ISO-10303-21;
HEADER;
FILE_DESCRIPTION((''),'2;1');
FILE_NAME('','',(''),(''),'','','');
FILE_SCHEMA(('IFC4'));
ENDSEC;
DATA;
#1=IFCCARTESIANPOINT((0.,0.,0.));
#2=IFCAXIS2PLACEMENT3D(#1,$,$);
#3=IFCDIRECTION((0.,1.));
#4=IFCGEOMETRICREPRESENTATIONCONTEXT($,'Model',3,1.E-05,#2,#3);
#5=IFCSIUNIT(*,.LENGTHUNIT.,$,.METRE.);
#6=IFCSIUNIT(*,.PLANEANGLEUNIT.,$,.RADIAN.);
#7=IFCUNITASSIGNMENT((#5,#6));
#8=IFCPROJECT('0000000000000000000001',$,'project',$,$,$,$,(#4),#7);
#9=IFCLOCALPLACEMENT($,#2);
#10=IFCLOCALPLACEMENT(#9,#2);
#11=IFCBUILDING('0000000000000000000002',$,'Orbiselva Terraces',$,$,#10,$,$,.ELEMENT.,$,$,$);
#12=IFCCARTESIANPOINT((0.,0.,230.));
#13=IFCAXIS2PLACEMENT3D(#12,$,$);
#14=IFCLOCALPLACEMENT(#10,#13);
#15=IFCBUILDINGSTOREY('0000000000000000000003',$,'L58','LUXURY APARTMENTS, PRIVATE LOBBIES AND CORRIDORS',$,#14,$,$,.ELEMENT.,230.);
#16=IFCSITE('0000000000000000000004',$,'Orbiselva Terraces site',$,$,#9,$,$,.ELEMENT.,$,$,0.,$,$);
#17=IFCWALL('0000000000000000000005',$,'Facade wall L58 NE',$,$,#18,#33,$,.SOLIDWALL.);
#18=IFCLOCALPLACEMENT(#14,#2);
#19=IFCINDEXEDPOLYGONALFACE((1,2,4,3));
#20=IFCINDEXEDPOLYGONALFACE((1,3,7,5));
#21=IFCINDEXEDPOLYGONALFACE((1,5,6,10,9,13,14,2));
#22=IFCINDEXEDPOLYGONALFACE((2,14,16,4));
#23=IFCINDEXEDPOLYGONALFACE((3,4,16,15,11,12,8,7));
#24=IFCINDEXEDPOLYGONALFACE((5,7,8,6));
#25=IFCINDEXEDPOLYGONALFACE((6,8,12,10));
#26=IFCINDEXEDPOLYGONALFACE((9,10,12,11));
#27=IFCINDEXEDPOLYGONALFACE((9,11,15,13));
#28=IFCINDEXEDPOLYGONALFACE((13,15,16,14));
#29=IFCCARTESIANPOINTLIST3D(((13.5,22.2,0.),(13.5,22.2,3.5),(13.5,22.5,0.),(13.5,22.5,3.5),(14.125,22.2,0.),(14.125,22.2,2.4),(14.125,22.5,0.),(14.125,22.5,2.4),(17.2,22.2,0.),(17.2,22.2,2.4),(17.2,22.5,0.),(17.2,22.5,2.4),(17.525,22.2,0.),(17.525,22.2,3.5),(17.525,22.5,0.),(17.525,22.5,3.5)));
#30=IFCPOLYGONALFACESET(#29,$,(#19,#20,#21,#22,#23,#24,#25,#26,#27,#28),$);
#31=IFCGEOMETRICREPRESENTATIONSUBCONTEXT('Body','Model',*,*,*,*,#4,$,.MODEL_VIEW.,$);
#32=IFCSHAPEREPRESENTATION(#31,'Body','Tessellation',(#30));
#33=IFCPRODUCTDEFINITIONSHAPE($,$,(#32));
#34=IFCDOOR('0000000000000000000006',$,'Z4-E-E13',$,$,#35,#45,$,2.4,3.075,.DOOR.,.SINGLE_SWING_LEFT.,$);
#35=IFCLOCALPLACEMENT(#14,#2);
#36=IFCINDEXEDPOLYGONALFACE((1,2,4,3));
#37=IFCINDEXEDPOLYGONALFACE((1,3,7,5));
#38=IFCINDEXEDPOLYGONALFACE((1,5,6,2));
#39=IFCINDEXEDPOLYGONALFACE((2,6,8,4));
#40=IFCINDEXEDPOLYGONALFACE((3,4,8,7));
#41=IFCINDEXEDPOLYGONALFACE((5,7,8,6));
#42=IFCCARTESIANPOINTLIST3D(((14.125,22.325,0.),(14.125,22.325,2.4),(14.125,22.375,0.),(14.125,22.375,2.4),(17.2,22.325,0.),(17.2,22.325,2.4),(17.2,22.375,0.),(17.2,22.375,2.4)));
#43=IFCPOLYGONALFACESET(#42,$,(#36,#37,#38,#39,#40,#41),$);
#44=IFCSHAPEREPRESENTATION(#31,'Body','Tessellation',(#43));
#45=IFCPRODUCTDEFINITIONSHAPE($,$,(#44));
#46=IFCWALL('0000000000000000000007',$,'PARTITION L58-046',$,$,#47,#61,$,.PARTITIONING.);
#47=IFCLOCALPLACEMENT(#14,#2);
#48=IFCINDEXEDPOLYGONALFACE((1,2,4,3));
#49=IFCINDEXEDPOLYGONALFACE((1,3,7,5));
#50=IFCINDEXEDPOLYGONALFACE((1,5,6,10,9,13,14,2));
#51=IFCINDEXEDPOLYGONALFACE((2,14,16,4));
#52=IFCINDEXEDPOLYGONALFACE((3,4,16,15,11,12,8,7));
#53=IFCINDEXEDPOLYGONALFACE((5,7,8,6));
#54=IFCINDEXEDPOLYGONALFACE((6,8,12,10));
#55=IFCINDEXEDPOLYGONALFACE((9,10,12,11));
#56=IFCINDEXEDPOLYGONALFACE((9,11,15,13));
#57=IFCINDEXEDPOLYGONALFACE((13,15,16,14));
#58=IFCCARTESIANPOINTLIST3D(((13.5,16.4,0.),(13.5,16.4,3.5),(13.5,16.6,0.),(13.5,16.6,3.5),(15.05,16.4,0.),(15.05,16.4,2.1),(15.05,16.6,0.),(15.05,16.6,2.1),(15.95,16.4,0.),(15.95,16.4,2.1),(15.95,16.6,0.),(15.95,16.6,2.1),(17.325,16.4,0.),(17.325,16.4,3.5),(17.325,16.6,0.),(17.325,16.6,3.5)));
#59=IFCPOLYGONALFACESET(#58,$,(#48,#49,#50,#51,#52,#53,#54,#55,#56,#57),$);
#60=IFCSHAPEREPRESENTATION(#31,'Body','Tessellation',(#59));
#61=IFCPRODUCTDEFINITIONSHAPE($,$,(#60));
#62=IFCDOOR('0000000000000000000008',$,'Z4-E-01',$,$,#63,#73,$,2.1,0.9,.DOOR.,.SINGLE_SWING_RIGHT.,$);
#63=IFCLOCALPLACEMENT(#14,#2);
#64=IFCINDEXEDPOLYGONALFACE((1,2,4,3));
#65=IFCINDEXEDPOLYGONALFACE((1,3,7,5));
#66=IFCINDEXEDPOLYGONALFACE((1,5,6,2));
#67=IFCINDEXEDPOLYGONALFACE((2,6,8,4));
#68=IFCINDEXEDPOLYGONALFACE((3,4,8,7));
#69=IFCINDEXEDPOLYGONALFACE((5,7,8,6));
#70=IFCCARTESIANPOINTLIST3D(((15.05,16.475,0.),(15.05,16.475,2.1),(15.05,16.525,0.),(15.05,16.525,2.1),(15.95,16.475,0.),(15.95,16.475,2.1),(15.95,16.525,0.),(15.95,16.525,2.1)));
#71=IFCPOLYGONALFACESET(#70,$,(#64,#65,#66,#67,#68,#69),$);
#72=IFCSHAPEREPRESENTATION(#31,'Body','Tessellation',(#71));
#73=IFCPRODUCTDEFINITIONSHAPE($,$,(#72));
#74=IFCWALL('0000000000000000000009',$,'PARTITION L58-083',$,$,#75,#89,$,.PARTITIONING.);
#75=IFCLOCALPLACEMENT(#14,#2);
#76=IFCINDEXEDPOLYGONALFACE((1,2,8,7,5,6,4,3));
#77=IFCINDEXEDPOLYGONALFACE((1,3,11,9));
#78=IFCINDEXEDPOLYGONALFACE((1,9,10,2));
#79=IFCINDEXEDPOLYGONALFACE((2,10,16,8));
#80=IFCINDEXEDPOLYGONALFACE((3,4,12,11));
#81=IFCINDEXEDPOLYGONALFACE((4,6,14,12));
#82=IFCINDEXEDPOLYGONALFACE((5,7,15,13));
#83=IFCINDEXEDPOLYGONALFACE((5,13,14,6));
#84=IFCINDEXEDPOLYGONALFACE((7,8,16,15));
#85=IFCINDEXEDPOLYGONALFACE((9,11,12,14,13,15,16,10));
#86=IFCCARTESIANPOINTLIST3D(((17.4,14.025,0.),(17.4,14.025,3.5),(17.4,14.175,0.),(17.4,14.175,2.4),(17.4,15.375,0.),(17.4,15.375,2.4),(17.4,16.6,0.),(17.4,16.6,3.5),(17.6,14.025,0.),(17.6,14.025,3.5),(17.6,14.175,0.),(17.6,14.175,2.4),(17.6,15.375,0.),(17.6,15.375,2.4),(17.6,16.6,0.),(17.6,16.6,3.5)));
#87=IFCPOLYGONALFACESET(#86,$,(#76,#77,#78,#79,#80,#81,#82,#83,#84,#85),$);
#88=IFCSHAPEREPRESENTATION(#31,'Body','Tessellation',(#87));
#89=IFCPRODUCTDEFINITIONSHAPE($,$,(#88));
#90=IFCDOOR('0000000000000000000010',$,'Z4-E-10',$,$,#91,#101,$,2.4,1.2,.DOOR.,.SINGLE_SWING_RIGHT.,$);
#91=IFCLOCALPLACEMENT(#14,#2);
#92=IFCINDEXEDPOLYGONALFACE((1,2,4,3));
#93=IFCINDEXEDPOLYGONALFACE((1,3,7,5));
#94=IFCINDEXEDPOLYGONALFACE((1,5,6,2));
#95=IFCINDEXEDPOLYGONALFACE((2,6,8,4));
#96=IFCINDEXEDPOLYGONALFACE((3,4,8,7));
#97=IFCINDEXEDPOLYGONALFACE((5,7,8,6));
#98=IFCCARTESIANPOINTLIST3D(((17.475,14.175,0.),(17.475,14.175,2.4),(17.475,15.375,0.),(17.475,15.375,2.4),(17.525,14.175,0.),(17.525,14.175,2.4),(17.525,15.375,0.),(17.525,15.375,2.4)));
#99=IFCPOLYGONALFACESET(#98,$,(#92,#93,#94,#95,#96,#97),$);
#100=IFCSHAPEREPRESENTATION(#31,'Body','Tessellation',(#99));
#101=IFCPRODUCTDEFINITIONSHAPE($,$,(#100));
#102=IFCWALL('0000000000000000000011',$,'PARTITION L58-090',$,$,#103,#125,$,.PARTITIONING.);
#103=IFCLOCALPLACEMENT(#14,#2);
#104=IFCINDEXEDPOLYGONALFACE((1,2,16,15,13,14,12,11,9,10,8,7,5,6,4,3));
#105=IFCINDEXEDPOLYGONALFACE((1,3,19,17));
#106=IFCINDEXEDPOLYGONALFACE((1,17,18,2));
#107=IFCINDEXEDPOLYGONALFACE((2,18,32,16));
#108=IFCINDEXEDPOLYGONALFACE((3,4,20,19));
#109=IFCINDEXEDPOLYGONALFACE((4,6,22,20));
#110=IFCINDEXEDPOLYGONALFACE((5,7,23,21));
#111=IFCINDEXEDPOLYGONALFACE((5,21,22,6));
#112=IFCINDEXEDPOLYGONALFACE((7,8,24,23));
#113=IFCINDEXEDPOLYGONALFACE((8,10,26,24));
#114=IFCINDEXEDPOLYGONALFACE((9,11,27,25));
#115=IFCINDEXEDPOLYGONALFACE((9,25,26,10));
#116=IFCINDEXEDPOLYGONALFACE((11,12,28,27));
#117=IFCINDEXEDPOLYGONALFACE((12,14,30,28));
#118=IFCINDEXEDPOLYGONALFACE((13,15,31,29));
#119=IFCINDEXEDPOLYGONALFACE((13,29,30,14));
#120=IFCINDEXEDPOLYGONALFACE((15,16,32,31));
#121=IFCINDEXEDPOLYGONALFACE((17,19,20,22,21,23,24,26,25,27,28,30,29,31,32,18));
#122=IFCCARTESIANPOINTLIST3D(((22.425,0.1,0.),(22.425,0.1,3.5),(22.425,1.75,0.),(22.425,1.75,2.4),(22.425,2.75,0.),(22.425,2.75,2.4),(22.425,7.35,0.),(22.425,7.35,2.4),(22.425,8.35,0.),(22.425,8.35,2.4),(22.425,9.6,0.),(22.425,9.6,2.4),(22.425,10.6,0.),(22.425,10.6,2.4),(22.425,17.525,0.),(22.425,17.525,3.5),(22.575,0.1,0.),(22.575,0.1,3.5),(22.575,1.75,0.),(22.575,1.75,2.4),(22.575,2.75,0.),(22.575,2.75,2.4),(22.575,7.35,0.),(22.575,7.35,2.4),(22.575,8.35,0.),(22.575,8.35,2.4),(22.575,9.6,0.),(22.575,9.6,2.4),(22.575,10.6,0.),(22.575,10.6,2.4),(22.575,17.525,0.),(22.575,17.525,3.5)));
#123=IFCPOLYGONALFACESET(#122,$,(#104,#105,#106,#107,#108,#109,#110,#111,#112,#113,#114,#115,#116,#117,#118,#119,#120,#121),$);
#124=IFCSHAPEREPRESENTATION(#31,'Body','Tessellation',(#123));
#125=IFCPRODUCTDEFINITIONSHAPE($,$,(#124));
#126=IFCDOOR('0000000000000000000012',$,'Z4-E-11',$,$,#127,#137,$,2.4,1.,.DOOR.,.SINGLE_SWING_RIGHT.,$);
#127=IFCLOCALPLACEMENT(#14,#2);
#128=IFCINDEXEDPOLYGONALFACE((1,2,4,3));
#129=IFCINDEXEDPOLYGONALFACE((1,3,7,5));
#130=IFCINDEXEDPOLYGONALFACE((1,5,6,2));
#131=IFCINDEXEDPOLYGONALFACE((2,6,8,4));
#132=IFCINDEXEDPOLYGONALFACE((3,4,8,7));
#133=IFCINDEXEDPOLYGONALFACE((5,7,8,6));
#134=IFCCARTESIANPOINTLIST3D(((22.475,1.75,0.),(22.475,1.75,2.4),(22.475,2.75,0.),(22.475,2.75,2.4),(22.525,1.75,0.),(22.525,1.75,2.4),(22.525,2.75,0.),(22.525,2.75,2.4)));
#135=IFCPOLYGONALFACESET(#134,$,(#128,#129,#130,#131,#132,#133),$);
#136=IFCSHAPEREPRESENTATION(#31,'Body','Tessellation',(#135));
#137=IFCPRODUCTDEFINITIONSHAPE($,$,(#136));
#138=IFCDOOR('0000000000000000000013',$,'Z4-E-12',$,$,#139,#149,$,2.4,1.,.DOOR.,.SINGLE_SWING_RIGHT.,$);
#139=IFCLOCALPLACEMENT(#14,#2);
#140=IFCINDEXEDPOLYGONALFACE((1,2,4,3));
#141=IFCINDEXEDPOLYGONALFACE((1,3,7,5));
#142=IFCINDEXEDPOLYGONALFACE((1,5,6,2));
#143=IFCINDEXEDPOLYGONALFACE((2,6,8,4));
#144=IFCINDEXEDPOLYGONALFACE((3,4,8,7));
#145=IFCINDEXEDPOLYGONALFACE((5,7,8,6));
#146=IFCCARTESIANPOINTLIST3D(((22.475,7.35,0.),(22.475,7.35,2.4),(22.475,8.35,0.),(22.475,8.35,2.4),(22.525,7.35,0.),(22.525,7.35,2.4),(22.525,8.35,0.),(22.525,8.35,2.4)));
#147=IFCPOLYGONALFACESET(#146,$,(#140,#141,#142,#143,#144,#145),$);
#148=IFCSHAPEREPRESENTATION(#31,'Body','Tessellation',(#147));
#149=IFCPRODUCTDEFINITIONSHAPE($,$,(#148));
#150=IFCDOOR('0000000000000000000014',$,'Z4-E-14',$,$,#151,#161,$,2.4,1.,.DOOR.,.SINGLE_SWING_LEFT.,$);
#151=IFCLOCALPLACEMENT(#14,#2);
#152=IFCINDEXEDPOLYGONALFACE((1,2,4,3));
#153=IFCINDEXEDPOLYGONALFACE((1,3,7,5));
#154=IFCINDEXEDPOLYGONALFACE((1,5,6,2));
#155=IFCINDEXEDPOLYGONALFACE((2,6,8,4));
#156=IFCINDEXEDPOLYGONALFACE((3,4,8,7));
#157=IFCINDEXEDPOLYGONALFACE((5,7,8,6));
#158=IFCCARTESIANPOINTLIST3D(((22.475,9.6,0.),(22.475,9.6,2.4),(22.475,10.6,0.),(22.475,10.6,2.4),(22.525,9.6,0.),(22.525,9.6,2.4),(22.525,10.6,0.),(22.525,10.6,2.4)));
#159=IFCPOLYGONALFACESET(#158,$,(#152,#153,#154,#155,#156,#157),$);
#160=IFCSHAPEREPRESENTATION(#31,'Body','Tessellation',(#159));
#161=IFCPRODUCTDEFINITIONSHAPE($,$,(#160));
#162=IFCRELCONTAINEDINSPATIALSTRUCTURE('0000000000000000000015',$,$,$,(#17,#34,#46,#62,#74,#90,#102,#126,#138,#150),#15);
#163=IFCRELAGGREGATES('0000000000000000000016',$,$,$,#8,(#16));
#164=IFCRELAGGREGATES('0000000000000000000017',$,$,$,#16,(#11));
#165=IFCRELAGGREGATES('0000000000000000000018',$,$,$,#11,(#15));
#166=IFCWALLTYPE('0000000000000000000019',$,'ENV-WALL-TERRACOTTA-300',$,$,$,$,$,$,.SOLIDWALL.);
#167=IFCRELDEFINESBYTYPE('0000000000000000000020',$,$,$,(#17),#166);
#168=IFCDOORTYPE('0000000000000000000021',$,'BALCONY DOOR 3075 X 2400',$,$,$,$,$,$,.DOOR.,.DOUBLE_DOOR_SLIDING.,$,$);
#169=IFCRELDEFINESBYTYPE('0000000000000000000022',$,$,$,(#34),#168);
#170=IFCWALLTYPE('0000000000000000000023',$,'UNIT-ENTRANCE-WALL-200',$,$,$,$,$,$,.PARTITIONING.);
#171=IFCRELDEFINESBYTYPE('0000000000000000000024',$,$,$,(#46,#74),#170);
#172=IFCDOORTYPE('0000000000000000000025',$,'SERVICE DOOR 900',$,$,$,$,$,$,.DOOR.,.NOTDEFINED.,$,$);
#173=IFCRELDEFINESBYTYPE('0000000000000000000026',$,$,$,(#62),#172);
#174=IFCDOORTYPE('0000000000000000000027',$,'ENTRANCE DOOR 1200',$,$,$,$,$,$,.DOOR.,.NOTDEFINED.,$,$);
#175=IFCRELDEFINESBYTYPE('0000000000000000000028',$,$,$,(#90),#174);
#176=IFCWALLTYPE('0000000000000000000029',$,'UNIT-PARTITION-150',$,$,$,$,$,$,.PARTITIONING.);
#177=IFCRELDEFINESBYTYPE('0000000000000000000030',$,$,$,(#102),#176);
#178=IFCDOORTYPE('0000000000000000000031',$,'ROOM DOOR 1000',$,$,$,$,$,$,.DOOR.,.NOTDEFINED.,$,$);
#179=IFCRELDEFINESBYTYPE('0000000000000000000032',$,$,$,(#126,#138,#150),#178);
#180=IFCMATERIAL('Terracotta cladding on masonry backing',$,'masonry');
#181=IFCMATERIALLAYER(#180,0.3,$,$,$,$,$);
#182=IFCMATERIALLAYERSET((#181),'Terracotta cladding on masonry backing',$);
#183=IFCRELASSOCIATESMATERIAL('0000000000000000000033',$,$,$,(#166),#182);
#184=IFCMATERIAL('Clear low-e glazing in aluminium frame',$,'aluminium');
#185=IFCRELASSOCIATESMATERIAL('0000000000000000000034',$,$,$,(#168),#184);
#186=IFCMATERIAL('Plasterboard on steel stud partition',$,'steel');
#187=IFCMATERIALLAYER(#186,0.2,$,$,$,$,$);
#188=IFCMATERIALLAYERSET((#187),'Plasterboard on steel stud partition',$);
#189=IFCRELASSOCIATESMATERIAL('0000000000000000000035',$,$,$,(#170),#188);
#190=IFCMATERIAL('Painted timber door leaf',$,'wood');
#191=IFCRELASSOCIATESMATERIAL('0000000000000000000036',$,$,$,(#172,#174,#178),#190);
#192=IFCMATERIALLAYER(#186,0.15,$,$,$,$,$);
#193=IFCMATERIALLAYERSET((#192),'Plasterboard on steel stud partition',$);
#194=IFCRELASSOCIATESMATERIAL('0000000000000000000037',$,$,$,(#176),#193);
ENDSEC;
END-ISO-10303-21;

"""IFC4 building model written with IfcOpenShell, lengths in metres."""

from ifc_helpers import new_model, si_unit, direction, frame, frame_2d, origin, place, context, subcontext, project, spatial, rectangle, extrude, material, layer, layer_set, type_object, element, fill, save


model = new_model("IFC4")

# Units and contexts
model_context = context("Model", 3, precision=1e-05, world=origin(), true_north=direction((0.0, 1.0)))
body_context = subcontext(model_context, "Body", "Model", "MODEL_VIEW")
ifc_project = project(units=[si_unit("LENGTHUNIT", "METRE"), si_unit("PLANEANGLEUNIT", "RADIAN")], contexts=[model_context])

# Site, building, storey
site_placement = place(None, origin())
site = spatial("IfcSite", under=ifc_project, at=site_placement, Name="Orbiselva Terraces site", CompositionType="ELEMENT", RefElevation=0.0)
building_placement = place(site_placement, origin())
building = spatial("IfcBuilding", under=site, at=building_placement, Name="Orbiselva Terraces", CompositionType="ELEMENT")
storey_placement = place(building_placement, frame((0.0, 0.0, 230.0)))
storey = spatial("IfcBuildingStorey", under=building, at=storey_placement, Name="L58", Description="LUXURY APARTMENTS, PRIVATE LOBBIES AND CORRIDORS", CompositionType="ELEMENT", Elevation=230.0)

# Shared definitions
ifc_material_1 = material(Name="Terracotta cladding on masonry backing", Category="masonry")
ifc_layer_1 = layer(ifc_material_1, 0.3)
ifc_layer_set_1 = layer_set([ifc_layer_1], Name="Terracotta cladding on masonry backing")
wall_type_1 = type_object("IfcWallType", Name="ENV-WALL-TERRACOTTA-300", PredefinedType="SOLIDWALL", material=ifc_layer_set_1)
ifc_material_2 = material(Name="Clear low-e glazing in aluminium frame", Category="aluminium")

# Walls, openings, doors
wall_1_placement = place(storey_placement, frame((13.5, 22.35, 0.0), z_axis=(0.0, 0.0, 1.0), x_axis=(1.0, 0.0, 0.0)))
wall_1 = element("IfcWall", 1, at=wall_1_placement, inside=storey, type_object=wall_type_1, Name="Facade wall L58 NE", PredefinedType="SOLIDWALL", context=body_context, shape_type="SweptSolid", body=[
    extrude(rectangle(XDim=4.025, YDim=0.3, at=frame_2d((2.0125, 0.0))), origin(), (0.0, 0.0, 1.0), 3.5),
])
opening_1_placement = place(wall_1_placement, frame((0.625, 0.0, 0.0)))
opening_1 = element("IfcOpeningElement", 2, at=opening_1_placement, cuts=wall_1, PredefinedType="OPENING", context=body_context, shape_type="SweptSolid", body=[
    extrude(rectangle(XDim=3.075, YDim=2.4, at=frame_2d((1.5375, 1.2))), frame((0.0, 0.16, 0.0), z_axis=(0.0, -1.0, 0.0), x_axis=(1.0, 0.0, 0.0)), (0.0, 0.0, 1.0), 0.32),
])
door_type_1 = type_object("IfcDoorType", Name="BALCONY DOOR 3075 X 2400", OperationType="DOUBLE_DOOR_SLIDING", PredefinedType="DOOR", material=ifc_material_2)
door_1_placement = place(opening_1_placement, origin())
door_1 = element("IfcDoor", 3, at=door_1_placement, inside=storey, type_object=door_type_1, Name="Z4-E-E13", OperationType="SINGLE_SWING_LEFT", OverallHeight=2.4, OverallWidth=3.075, PredefinedType="DOOR", context=body_context, shape_type="SweptSolid", body=[
    extrude(rectangle(XDim=3.075, YDim=2.4, at=frame_2d((1.5375, 1.2))), frame((0.0, 0.025, 0.0), z_axis=(0.0, -1.0, 0.0), x_axis=(1.0, 0.0, 0.0)), (0.0, 0.0, 1.0), 0.05),
])
fill(opening_1, door_1)
ifc_material_3 = material(Name="Plasterboard on steel stud partition", Category="steel")
ifc_layer_2 = layer(ifc_material_3, 0.2)
ifc_layer_set_2 = layer_set([ifc_layer_2], Name="Plasterboard on steel stud partition")
wall_type_2 = type_object("IfcWallType", Name="UNIT-ENTRANCE-WALL-200", PredefinedType="PARTITIONING", material=ifc_layer_set_2)
wall_2_placement = place(storey_placement, frame((13.5, 16.5, 0.0), z_axis=(0.0, 0.0, 1.0), x_axis=(1.0, 0.0, 0.0)))
wall_2 = element("IfcWall", 4, at=wall_2_placement, inside=storey, type_object=wall_type_2, Name="PARTITION L58-046", PredefinedType="PARTITIONING", context=body_context, shape_type="SweptSolid", body=[
    extrude(rectangle(XDim=3.825, YDim=0.2, at=frame_2d((1.9125, 0.0))), origin(), (0.0, 0.0, 1.0), 3.5),
])
opening_2_placement = place(wall_2_placement, frame((1.55, 0.0, 0.0)))
opening_2 = element("IfcOpeningElement", 5, at=opening_2_placement, cuts=wall_2, PredefinedType="OPENING", context=body_context, shape_type="SweptSolid", body=[
    extrude(rectangle(XDim=0.9, YDim=2.1, at=frame_2d((0.45, 1.05))), frame((0.0, 0.11, 0.0), z_axis=(0.0, -1.0, 0.0), x_axis=(1.0, 0.0, 0.0)), (0.0, 0.0, 1.0), 0.22),
])
ifc_material_4 = material(Name="Painted timber door leaf", Category="wood")
door_type_2 = type_object("IfcDoorType", Name="SERVICE DOOR 900", OperationType="NOTDEFINED", PredefinedType="DOOR", material=ifc_material_4)
door_2_placement = place(opening_2_placement, origin())
door_2 = element("IfcDoor", 6, at=door_2_placement, inside=storey, type_object=door_type_2, Name="Z4-E-01", OperationType="SINGLE_SWING_RIGHT", OverallHeight=2.1, OverallWidth=0.9, PredefinedType="DOOR", context=body_context, shape_type="SweptSolid", body=[
    extrude(rectangle(XDim=0.9, YDim=2.1, at=frame_2d((0.45, 1.05))), frame((0.0, 0.025, 0.0), z_axis=(0.0, -1.0, 0.0), x_axis=(1.0, 0.0, 0.0)), (0.0, 0.0, 1.0), 0.05),
])
fill(opening_2, door_2)
wall_3_placement = place(storey_placement, frame((17.5, 16.6, 0.0), z_axis=(0.0, 0.0, 1.0), x_axis=(0.0, -1.0, 0.0)))
wall_3 = element("IfcWall", 7, at=wall_3_placement, inside=storey, type_object=wall_type_2, Name="PARTITION L58-083", PredefinedType="PARTITIONING", context=body_context, shape_type="SweptSolid", body=[
    extrude(rectangle(XDim=2.575, YDim=0.2, at=frame_2d((1.2875, 0.0))), origin(), (0.0, 0.0, 1.0), 3.5),
])
opening_3_placement = place(wall_3_placement, frame((1.225, 0.0, 0.0)))
opening_3 = element("IfcOpeningElement", 8, at=opening_3_placement, cuts=wall_3, PredefinedType="OPENING", context=body_context, shape_type="SweptSolid", body=[
    extrude(rectangle(XDim=1.2, YDim=2.4, at=frame_2d((0.6, 1.2))), frame((0.0, 0.11, 0.0), z_axis=(0.0, -1.0, 0.0), x_axis=(1.0, 0.0, 0.0)), (0.0, 0.0, 1.0), 0.22),
])
door_type_3 = type_object("IfcDoorType", Name="ENTRANCE DOOR 1200", OperationType="NOTDEFINED", PredefinedType="DOOR", material=ifc_material_4)
door_3_placement = place(opening_3_placement, origin())
door_3 = element("IfcDoor", 9, at=door_3_placement, inside=storey, type_object=door_type_3, Name="Z4-E-10", OperationType="SINGLE_SWING_RIGHT", OverallHeight=2.4, OverallWidth=1.2, PredefinedType="DOOR", context=body_context, shape_type="SweptSolid", body=[
    extrude(rectangle(XDim=1.2, YDim=2.4, at=frame_2d((0.6, 1.2))), frame((0.0, 0.025, 0.0), z_axis=(0.0, -1.0, 0.0), x_axis=(1.0, 0.0, 0.0)), (0.0, 0.0, 1.0), 0.05),
])
fill(opening_3, door_3)

# Wall, openings, doors
ifc_layer_3 = layer(ifc_material_3, 0.15)
ifc_layer_set_3 = layer_set([ifc_layer_3], Name="Plasterboard on steel stud partition")
wall_type_3 = type_object("IfcWallType", Name="UNIT-PARTITION-150", PredefinedType="PARTITIONING", material=ifc_layer_set_3)
wall_4_placement = place(storey_placement, frame((22.5, 17.525, 0.0), z_axis=(0.0, 0.0, 1.0), x_axis=(0.0, -1.0, 0.0)))
wall_4 = element("IfcWall", 10, at=wall_4_placement, inside=storey, type_object=wall_type_3, Name="PARTITION L58-090", PredefinedType="PARTITIONING", context=body_context, shape_type="SweptSolid", body=[
    extrude(rectangle(XDim=17.425, YDim=0.15, at=frame_2d((8.7125, 0.0))), origin(), (0.0, 0.0, 1.0), 3.5),
])
opening_4_placement = place(wall_4_placement, frame((14.775, 0.0, 0.0)))
opening_4 = element("IfcOpeningElement", 11, at=opening_4_placement, cuts=wall_4, PredefinedType="OPENING", context=body_context, shape_type="SweptSolid", body=[
    extrude(rectangle(XDim=1.0, YDim=2.4, at=frame_2d((0.5, 1.2))), frame((0.0, 0.085, 0.0), z_axis=(0.0, -1.0, 0.0), x_axis=(1.0, 0.0, 0.0)), (0.0, 0.0, 1.0), 0.17),
])
opening_5_placement = place(wall_4_placement, frame((9.175, 0.0, 0.0)))
opening_5 = element("IfcOpeningElement", 12, at=opening_5_placement, cuts=wall_4, PredefinedType="OPENING", context=body_context, shape_type="SweptSolid", body=[
    extrude(rectangle(XDim=1.0, YDim=2.4, at=frame_2d((0.5, 1.2))), frame((0.0, 0.085, 0.0), z_axis=(0.0, -1.0, 0.0), x_axis=(1.0, 0.0, 0.0)), (0.0, 0.0, 1.0), 0.17),
])
opening_6_placement = place(wall_4_placement, frame((6.925, 0.0, 0.0)))
opening_6 = element("IfcOpeningElement", 13, at=opening_6_placement, cuts=wall_4, PredefinedType="OPENING", context=body_context, shape_type="SweptSolid", body=[
    extrude(rectangle(XDim=1.0, YDim=2.4, at=frame_2d((0.5, 1.2))), frame((0.0, 0.085, 0.0), z_axis=(0.0, -1.0, 0.0), x_axis=(1.0, 0.0, 0.0)), (0.0, 0.0, 1.0), 0.17),
])
door_type_4 = type_object("IfcDoorType", Name="ROOM DOOR 1000", OperationType="NOTDEFINED", PredefinedType="DOOR", material=ifc_material_4)
door_4_placement = place(opening_4_placement, origin())
door_4 = element("IfcDoor", 14, at=door_4_placement, inside=storey, type_object=door_type_4, Name="Z4-E-11", OperationType="SINGLE_SWING_RIGHT", OverallHeight=2.4, OverallWidth=1.0, PredefinedType="DOOR", context=body_context, shape_type="SweptSolid", body=[
    extrude(rectangle(XDim=1.0, YDim=2.4, at=frame_2d((0.5, 1.2))), frame((0.0, 0.025, 0.0), z_axis=(0.0, -1.0, 0.0), x_axis=(1.0, 0.0, 0.0)), (0.0, 0.0, 1.0), 0.05),
])
fill(opening_4, door_4)
door_5_placement = place(opening_5_placement, origin())
door_5 = element("IfcDoor", 15, at=door_5_placement, inside=storey, type_object=door_type_4, Name="Z4-E-12", OperationType="SINGLE_SWING_RIGHT", OverallHeight=2.4, OverallWidth=1.0, PredefinedType="DOOR", context=body_context, shape_type="SweptSolid", body=[
    extrude(rectangle(XDim=1.0, YDim=2.4, at=frame_2d((0.5, 1.2))), frame((0.0, 0.025, 0.0), z_axis=(0.0, -1.0, 0.0), x_axis=(1.0, 0.0, 0.0)), (0.0, 0.0, 1.0), 0.05),
])
fill(opening_5, door_5)
door_6_placement = place(opening_6_placement, origin())
door_6 = element("IfcDoor", 16, at=door_6_placement, inside=storey, type_object=door_type_4, Name="Z4-E-14", OperationType="SINGLE_SWING_LEFT", OverallHeight=2.4, OverallWidth=1.0, PredefinedType="DOOR", context=body_context, shape_type="SweptSolid", body=[
    extrude(rectangle(XDim=1.0, YDim=2.4, at=frame_2d((0.5, 1.2))), frame((0.0, 0.025, 0.0), z_axis=(0.0, -1.0, 0.0), x_axis=(1.0, 0.0, 0.0)), (0.0, 0.0, 1.0), 0.05),
])
fill(opening_6, door_6)

save(model, "model.ifc")
